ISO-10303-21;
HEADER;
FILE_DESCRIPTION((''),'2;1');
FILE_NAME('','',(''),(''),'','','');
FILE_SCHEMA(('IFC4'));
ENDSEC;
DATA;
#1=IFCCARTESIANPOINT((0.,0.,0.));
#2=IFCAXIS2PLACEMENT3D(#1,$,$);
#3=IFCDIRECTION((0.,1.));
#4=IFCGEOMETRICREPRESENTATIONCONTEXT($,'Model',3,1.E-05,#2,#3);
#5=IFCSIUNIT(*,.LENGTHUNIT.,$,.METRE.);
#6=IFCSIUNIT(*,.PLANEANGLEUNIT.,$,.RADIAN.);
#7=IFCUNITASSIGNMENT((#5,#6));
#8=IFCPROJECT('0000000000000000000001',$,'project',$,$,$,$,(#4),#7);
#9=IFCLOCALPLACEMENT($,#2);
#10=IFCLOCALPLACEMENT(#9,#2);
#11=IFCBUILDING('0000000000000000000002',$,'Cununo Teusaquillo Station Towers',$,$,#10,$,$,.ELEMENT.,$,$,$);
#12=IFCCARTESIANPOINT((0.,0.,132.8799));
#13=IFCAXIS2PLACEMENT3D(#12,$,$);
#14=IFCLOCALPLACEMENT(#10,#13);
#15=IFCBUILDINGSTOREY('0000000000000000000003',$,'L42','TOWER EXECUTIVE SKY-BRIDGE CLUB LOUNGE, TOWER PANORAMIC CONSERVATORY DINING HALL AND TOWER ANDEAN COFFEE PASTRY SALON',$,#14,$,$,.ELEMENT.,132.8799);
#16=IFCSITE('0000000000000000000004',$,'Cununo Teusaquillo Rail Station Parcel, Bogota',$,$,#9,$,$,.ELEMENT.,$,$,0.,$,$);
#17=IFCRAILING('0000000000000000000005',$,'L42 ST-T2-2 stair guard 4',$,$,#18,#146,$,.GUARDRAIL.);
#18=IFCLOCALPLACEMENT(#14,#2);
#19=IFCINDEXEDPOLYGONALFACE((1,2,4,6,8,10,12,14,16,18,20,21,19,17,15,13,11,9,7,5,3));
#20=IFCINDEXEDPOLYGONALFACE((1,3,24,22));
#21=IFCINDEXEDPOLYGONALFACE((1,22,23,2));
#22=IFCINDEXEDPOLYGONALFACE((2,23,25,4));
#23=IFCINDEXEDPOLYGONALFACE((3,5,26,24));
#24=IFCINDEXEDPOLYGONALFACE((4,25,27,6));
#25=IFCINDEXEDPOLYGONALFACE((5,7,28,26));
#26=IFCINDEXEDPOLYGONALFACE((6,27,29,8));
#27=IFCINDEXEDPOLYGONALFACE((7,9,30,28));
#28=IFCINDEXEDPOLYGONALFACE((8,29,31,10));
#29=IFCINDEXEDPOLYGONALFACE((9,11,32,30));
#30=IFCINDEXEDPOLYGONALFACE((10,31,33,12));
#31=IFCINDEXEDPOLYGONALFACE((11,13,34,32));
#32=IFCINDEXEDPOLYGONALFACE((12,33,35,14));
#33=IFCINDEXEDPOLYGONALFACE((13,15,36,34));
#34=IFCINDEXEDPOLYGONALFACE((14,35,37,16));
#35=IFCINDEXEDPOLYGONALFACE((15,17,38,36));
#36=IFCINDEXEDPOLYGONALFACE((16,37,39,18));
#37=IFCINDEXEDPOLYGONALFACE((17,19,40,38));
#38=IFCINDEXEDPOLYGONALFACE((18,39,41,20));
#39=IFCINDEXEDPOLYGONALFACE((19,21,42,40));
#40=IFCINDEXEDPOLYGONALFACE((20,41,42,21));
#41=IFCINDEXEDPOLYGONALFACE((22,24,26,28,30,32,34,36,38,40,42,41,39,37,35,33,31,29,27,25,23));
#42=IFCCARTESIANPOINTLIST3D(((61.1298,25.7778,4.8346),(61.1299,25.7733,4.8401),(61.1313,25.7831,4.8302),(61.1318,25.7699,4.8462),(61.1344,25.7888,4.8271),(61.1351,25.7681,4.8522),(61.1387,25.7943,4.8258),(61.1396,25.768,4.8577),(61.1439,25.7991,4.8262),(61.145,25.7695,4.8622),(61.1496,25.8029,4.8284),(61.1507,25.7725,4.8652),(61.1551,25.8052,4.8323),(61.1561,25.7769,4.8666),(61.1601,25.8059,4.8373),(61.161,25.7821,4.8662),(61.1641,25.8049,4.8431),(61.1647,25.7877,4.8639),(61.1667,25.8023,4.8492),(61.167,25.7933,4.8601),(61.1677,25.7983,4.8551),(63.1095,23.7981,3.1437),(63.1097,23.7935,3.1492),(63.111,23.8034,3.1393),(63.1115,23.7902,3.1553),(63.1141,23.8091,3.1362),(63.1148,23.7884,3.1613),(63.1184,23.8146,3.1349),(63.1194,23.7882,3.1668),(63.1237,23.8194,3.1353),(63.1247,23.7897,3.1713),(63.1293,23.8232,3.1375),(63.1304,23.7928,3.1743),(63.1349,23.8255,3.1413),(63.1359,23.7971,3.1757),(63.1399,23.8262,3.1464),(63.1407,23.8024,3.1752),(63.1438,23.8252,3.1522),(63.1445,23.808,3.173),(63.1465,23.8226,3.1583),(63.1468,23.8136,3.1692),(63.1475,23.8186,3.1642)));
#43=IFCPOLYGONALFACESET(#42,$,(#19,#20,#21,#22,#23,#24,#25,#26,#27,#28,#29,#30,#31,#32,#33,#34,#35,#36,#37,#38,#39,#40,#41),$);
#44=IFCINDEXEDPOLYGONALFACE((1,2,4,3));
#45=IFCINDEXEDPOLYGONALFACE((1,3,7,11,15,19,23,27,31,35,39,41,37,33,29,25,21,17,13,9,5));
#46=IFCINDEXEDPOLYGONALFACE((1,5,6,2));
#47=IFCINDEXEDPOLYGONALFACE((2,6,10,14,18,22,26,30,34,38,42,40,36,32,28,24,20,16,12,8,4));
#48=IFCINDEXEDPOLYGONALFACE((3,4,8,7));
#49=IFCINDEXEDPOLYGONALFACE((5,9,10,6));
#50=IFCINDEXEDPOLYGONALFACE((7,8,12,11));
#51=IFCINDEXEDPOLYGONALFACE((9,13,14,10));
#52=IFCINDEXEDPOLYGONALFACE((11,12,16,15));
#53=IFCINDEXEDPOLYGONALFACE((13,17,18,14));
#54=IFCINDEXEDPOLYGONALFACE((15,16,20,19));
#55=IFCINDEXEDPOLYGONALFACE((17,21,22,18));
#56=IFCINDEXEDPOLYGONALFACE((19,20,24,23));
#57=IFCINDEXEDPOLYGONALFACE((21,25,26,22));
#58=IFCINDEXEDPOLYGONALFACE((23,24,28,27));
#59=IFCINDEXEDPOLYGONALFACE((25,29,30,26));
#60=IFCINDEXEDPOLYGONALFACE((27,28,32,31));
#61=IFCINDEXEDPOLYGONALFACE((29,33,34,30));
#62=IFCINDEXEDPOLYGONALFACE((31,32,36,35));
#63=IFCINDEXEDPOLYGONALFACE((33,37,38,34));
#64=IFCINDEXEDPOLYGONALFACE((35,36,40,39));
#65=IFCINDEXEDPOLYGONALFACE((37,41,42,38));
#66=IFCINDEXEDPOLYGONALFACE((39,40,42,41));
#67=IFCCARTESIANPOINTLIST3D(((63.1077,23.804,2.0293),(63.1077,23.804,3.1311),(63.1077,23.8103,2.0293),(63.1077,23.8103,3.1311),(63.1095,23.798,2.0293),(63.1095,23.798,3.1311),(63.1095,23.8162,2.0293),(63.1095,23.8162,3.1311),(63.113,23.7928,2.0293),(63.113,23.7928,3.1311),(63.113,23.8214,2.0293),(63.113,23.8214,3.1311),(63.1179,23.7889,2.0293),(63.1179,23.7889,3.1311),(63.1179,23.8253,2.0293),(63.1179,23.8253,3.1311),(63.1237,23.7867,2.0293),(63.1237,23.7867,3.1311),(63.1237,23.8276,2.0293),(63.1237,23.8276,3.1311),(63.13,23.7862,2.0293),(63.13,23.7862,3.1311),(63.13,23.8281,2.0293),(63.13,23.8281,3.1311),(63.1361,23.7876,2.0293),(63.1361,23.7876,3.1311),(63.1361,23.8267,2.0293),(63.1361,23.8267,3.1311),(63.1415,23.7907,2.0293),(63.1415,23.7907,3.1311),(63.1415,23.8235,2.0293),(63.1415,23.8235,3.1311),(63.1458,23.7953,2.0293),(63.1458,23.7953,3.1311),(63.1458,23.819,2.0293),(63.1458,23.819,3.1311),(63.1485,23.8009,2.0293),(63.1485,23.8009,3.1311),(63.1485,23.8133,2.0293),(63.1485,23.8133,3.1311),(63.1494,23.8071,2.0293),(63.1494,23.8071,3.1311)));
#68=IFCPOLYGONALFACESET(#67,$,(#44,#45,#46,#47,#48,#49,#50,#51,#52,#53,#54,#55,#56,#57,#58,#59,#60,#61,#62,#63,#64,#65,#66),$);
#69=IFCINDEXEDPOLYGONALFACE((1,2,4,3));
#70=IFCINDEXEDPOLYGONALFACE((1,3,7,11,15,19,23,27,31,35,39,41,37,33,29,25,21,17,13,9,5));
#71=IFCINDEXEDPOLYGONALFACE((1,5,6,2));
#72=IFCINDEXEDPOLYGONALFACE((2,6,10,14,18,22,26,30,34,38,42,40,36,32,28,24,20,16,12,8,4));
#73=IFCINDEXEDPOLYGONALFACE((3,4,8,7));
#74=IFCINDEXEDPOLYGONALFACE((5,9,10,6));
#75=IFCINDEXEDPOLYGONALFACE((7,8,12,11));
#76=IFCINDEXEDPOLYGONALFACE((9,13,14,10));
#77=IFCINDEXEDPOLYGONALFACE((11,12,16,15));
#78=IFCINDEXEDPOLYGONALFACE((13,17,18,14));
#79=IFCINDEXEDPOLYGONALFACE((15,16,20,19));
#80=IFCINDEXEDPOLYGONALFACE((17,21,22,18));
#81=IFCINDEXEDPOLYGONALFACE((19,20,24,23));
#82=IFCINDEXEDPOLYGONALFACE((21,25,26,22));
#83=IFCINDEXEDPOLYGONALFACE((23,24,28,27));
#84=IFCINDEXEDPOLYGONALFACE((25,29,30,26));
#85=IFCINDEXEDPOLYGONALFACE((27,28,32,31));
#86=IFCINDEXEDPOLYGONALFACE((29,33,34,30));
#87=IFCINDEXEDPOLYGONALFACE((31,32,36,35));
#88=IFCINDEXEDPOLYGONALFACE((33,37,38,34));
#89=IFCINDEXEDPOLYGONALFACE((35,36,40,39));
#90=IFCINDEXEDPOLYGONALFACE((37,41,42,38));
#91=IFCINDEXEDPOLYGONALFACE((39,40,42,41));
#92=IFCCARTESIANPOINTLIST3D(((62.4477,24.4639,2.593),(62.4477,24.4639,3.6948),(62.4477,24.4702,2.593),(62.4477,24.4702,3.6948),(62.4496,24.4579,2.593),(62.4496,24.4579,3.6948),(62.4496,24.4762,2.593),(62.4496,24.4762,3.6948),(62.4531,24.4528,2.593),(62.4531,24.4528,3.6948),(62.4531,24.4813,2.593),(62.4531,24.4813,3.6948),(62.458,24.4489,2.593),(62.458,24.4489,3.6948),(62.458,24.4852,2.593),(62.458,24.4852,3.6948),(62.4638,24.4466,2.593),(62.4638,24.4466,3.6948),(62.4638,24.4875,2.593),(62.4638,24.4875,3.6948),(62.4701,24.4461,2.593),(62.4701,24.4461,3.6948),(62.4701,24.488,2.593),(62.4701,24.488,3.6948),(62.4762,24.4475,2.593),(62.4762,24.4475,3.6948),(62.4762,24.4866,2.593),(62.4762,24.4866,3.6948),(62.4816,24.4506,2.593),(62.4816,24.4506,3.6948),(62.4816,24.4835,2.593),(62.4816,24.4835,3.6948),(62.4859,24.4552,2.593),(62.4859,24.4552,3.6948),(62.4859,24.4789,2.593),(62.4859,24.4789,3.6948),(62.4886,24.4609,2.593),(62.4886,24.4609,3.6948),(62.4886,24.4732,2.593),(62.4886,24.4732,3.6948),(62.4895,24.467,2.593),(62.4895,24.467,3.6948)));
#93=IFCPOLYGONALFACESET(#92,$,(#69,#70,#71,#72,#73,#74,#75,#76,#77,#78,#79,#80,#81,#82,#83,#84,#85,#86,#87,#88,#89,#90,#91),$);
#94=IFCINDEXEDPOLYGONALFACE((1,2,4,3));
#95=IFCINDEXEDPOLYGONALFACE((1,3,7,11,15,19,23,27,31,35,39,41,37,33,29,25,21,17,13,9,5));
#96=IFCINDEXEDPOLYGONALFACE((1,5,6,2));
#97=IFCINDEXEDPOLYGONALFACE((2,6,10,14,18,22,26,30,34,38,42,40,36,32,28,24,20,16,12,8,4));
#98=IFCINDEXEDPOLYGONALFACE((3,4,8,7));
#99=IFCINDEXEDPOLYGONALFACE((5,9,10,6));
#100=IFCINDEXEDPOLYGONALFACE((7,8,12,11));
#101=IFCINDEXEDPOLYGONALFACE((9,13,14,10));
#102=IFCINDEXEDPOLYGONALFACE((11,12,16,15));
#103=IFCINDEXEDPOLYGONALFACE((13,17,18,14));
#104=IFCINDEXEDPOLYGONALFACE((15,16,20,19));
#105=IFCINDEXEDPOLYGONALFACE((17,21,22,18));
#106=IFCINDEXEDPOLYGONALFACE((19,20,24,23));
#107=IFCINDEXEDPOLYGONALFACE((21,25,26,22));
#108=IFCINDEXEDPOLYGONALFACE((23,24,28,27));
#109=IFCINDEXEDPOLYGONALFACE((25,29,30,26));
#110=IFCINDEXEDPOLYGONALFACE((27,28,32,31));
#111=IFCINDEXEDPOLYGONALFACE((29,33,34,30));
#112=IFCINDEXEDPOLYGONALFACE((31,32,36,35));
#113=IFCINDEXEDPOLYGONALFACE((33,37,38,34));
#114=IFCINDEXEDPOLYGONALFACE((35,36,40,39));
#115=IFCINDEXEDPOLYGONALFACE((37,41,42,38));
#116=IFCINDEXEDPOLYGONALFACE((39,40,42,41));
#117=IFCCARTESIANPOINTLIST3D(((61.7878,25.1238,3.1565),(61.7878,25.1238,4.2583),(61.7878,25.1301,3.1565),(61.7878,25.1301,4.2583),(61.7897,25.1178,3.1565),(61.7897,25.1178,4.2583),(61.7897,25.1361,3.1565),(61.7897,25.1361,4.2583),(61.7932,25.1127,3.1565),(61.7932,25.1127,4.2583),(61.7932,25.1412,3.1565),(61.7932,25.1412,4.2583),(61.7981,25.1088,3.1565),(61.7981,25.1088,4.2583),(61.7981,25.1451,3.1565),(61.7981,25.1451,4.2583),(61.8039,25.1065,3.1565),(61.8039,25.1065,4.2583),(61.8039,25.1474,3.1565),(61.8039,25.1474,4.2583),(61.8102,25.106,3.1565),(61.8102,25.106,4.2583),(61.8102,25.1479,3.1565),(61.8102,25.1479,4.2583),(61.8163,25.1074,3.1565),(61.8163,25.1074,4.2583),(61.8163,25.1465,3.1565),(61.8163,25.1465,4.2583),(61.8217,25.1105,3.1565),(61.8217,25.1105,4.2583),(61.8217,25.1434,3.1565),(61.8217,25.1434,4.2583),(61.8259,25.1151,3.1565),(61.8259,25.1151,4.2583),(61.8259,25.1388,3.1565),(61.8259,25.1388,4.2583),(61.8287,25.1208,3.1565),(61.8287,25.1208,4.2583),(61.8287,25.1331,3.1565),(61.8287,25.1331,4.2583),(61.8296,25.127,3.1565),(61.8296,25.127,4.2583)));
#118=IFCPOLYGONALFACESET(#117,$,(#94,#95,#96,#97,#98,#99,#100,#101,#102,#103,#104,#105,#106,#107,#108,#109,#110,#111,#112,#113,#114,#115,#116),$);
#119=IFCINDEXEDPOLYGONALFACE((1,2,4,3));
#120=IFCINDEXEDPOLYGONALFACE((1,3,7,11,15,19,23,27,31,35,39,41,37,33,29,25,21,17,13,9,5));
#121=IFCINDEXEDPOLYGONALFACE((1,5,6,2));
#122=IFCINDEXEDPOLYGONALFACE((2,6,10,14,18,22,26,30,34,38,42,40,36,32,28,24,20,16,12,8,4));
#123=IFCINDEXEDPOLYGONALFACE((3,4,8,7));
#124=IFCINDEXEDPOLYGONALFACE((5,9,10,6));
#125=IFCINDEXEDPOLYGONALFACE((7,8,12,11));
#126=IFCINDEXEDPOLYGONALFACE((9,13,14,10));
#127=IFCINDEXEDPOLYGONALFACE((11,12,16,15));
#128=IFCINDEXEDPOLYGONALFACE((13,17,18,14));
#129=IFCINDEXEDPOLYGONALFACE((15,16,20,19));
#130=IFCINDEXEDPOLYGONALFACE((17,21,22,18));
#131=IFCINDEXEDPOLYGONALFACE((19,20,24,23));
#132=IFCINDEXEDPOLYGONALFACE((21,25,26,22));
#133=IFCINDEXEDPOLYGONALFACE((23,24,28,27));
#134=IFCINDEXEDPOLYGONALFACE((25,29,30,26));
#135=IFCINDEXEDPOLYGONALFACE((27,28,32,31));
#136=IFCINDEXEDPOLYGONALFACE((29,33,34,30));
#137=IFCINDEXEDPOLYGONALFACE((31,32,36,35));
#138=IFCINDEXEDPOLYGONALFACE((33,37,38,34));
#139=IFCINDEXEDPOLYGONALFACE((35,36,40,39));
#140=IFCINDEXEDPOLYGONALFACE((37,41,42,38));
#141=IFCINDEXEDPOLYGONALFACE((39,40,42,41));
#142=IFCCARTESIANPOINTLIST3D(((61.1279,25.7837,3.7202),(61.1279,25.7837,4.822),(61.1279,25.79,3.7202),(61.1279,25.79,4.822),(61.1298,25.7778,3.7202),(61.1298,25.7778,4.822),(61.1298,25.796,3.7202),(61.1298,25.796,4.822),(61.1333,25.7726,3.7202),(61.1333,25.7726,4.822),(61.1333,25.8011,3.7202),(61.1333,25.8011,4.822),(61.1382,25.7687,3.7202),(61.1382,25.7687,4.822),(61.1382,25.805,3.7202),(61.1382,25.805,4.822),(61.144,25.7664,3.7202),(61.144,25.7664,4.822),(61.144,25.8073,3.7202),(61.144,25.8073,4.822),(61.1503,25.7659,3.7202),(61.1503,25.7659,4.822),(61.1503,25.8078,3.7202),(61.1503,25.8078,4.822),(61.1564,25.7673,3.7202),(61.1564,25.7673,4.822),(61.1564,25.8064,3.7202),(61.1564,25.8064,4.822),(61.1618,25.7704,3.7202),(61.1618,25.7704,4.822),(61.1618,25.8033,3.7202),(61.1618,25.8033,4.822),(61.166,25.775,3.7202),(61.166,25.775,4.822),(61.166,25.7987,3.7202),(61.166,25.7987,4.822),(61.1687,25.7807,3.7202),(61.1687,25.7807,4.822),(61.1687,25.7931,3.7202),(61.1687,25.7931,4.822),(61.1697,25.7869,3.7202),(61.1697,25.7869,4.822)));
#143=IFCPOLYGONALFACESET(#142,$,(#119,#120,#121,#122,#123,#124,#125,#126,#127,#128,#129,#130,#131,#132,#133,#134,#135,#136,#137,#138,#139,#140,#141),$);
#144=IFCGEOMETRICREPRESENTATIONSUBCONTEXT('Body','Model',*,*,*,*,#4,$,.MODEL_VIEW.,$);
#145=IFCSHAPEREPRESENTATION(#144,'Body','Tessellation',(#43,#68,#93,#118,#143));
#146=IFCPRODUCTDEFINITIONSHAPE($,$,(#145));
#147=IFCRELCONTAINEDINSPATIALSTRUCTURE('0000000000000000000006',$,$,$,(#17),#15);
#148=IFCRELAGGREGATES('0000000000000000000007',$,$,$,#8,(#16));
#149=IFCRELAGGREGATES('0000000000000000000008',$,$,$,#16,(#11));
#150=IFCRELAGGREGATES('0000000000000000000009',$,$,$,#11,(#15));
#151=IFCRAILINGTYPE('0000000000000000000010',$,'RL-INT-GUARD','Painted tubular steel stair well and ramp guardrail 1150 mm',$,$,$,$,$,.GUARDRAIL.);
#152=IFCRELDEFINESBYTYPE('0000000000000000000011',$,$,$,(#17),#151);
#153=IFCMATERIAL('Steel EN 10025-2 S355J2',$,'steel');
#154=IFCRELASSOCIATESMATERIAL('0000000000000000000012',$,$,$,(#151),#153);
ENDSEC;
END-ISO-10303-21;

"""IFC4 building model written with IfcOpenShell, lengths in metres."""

from ifc_helpers import new_model, si_unit, direction, frame, origin, origin_2d, place, context, subcontext, project, spatial, circle, extrude, material, type_object, element, save


model = new_model("IFC4")

# Units and contexts
model_context = context("Model", 3, precision=1e-05, world=origin(), true_north=direction((0.0, 1.0)))
body_context = subcontext(model_context, "Body", "Model", "MODEL_VIEW")
ifc_project = project(units=[si_unit("LENGTHUNIT", "METRE"), si_unit("PLANEANGLEUNIT", "RADIAN")], contexts=[model_context])

# Site, building, storey
site_placement = place(None, origin())
site = spatial("IfcSite", under=ifc_project, at=site_placement, Name="Cununo Teusaquillo Rail Station Parcel, Bogota", CompositionType="ELEMENT", RefElevation=0.0)
building_placement = place(site_placement, origin())
building = spatial("IfcBuilding", under=site, at=building_placement, Name="Cununo Teusaquillo Station Towers", CompositionType="ELEMENT")
storey_placement = place(building_placement, frame((0.0, 0.0, 132.8799)))
storey = spatial("IfcBuildingStorey", under=building, at=storey_placement, Name="L42", Description="TOWER EXECUTIVE SKY-BRIDGE CLUB LOUNGE, TOWER PANORAMIC CONSERVATORY DINING HALL AND TOWER ANDEAN COFFEE PASTRY SALON", CompositionType="ELEMENT", Elevation=132.8799)

# Railing
ifc_material_1 = material(Name="Steel EN 10025-2 S355J2", Category="steel")
railing_type_1 = type_object("IfcRailingType", Name="RL-INT-GUARD", Description="Painted tubular steel stair well and ramp guardrail 1150 mm", PredefinedType="GUARDRAIL", material=ifc_material_1)
railing_1_placement = place(storey_placement, frame((63.1284, 23.8071, 2.0293)))
element("IfcRailing", 1, at=railing_1_placement, inside=storey, type_object=railing_type_1, Name="L42 ST-T2-2 stair guard 4", PredefinedType="GUARDRAIL", context=body_context, shape_type="SweptSolid", body=[
    extrude(circle(Radius=0.0239, at=origin_2d()), frame((0.0, 0.0, 1.126), z_axis=(-0.605282, 0.605282, 0.516979), x_axis=(-0.707107, -0.707107, 0.0)), (0.0, 0.0, 1.0), 3.2708),
    extrude(circle(Radius=0.021, at=origin_2d()), origin(), (0.0, 0.0, 1.0), 1.1018),
    extrude(circle(Radius=0.021, at=origin_2d()), frame((-0.6599, 0.6599, 0.5637)), (0.0, 0.0, 1.0), 1.1018),
    extrude(circle(Radius=0.021, at=origin_2d()), frame((-1.3198, 1.3198, 1.1272)), (0.0, 0.0, 1.0), 1.1018),
    extrude(circle(Radius=0.021, at=origin_2d()), frame((-1.9797, 1.9797, 1.6909)), (0.0, 0.0, 1.0), 1.1018),
])

save(model, "model.ifc")
